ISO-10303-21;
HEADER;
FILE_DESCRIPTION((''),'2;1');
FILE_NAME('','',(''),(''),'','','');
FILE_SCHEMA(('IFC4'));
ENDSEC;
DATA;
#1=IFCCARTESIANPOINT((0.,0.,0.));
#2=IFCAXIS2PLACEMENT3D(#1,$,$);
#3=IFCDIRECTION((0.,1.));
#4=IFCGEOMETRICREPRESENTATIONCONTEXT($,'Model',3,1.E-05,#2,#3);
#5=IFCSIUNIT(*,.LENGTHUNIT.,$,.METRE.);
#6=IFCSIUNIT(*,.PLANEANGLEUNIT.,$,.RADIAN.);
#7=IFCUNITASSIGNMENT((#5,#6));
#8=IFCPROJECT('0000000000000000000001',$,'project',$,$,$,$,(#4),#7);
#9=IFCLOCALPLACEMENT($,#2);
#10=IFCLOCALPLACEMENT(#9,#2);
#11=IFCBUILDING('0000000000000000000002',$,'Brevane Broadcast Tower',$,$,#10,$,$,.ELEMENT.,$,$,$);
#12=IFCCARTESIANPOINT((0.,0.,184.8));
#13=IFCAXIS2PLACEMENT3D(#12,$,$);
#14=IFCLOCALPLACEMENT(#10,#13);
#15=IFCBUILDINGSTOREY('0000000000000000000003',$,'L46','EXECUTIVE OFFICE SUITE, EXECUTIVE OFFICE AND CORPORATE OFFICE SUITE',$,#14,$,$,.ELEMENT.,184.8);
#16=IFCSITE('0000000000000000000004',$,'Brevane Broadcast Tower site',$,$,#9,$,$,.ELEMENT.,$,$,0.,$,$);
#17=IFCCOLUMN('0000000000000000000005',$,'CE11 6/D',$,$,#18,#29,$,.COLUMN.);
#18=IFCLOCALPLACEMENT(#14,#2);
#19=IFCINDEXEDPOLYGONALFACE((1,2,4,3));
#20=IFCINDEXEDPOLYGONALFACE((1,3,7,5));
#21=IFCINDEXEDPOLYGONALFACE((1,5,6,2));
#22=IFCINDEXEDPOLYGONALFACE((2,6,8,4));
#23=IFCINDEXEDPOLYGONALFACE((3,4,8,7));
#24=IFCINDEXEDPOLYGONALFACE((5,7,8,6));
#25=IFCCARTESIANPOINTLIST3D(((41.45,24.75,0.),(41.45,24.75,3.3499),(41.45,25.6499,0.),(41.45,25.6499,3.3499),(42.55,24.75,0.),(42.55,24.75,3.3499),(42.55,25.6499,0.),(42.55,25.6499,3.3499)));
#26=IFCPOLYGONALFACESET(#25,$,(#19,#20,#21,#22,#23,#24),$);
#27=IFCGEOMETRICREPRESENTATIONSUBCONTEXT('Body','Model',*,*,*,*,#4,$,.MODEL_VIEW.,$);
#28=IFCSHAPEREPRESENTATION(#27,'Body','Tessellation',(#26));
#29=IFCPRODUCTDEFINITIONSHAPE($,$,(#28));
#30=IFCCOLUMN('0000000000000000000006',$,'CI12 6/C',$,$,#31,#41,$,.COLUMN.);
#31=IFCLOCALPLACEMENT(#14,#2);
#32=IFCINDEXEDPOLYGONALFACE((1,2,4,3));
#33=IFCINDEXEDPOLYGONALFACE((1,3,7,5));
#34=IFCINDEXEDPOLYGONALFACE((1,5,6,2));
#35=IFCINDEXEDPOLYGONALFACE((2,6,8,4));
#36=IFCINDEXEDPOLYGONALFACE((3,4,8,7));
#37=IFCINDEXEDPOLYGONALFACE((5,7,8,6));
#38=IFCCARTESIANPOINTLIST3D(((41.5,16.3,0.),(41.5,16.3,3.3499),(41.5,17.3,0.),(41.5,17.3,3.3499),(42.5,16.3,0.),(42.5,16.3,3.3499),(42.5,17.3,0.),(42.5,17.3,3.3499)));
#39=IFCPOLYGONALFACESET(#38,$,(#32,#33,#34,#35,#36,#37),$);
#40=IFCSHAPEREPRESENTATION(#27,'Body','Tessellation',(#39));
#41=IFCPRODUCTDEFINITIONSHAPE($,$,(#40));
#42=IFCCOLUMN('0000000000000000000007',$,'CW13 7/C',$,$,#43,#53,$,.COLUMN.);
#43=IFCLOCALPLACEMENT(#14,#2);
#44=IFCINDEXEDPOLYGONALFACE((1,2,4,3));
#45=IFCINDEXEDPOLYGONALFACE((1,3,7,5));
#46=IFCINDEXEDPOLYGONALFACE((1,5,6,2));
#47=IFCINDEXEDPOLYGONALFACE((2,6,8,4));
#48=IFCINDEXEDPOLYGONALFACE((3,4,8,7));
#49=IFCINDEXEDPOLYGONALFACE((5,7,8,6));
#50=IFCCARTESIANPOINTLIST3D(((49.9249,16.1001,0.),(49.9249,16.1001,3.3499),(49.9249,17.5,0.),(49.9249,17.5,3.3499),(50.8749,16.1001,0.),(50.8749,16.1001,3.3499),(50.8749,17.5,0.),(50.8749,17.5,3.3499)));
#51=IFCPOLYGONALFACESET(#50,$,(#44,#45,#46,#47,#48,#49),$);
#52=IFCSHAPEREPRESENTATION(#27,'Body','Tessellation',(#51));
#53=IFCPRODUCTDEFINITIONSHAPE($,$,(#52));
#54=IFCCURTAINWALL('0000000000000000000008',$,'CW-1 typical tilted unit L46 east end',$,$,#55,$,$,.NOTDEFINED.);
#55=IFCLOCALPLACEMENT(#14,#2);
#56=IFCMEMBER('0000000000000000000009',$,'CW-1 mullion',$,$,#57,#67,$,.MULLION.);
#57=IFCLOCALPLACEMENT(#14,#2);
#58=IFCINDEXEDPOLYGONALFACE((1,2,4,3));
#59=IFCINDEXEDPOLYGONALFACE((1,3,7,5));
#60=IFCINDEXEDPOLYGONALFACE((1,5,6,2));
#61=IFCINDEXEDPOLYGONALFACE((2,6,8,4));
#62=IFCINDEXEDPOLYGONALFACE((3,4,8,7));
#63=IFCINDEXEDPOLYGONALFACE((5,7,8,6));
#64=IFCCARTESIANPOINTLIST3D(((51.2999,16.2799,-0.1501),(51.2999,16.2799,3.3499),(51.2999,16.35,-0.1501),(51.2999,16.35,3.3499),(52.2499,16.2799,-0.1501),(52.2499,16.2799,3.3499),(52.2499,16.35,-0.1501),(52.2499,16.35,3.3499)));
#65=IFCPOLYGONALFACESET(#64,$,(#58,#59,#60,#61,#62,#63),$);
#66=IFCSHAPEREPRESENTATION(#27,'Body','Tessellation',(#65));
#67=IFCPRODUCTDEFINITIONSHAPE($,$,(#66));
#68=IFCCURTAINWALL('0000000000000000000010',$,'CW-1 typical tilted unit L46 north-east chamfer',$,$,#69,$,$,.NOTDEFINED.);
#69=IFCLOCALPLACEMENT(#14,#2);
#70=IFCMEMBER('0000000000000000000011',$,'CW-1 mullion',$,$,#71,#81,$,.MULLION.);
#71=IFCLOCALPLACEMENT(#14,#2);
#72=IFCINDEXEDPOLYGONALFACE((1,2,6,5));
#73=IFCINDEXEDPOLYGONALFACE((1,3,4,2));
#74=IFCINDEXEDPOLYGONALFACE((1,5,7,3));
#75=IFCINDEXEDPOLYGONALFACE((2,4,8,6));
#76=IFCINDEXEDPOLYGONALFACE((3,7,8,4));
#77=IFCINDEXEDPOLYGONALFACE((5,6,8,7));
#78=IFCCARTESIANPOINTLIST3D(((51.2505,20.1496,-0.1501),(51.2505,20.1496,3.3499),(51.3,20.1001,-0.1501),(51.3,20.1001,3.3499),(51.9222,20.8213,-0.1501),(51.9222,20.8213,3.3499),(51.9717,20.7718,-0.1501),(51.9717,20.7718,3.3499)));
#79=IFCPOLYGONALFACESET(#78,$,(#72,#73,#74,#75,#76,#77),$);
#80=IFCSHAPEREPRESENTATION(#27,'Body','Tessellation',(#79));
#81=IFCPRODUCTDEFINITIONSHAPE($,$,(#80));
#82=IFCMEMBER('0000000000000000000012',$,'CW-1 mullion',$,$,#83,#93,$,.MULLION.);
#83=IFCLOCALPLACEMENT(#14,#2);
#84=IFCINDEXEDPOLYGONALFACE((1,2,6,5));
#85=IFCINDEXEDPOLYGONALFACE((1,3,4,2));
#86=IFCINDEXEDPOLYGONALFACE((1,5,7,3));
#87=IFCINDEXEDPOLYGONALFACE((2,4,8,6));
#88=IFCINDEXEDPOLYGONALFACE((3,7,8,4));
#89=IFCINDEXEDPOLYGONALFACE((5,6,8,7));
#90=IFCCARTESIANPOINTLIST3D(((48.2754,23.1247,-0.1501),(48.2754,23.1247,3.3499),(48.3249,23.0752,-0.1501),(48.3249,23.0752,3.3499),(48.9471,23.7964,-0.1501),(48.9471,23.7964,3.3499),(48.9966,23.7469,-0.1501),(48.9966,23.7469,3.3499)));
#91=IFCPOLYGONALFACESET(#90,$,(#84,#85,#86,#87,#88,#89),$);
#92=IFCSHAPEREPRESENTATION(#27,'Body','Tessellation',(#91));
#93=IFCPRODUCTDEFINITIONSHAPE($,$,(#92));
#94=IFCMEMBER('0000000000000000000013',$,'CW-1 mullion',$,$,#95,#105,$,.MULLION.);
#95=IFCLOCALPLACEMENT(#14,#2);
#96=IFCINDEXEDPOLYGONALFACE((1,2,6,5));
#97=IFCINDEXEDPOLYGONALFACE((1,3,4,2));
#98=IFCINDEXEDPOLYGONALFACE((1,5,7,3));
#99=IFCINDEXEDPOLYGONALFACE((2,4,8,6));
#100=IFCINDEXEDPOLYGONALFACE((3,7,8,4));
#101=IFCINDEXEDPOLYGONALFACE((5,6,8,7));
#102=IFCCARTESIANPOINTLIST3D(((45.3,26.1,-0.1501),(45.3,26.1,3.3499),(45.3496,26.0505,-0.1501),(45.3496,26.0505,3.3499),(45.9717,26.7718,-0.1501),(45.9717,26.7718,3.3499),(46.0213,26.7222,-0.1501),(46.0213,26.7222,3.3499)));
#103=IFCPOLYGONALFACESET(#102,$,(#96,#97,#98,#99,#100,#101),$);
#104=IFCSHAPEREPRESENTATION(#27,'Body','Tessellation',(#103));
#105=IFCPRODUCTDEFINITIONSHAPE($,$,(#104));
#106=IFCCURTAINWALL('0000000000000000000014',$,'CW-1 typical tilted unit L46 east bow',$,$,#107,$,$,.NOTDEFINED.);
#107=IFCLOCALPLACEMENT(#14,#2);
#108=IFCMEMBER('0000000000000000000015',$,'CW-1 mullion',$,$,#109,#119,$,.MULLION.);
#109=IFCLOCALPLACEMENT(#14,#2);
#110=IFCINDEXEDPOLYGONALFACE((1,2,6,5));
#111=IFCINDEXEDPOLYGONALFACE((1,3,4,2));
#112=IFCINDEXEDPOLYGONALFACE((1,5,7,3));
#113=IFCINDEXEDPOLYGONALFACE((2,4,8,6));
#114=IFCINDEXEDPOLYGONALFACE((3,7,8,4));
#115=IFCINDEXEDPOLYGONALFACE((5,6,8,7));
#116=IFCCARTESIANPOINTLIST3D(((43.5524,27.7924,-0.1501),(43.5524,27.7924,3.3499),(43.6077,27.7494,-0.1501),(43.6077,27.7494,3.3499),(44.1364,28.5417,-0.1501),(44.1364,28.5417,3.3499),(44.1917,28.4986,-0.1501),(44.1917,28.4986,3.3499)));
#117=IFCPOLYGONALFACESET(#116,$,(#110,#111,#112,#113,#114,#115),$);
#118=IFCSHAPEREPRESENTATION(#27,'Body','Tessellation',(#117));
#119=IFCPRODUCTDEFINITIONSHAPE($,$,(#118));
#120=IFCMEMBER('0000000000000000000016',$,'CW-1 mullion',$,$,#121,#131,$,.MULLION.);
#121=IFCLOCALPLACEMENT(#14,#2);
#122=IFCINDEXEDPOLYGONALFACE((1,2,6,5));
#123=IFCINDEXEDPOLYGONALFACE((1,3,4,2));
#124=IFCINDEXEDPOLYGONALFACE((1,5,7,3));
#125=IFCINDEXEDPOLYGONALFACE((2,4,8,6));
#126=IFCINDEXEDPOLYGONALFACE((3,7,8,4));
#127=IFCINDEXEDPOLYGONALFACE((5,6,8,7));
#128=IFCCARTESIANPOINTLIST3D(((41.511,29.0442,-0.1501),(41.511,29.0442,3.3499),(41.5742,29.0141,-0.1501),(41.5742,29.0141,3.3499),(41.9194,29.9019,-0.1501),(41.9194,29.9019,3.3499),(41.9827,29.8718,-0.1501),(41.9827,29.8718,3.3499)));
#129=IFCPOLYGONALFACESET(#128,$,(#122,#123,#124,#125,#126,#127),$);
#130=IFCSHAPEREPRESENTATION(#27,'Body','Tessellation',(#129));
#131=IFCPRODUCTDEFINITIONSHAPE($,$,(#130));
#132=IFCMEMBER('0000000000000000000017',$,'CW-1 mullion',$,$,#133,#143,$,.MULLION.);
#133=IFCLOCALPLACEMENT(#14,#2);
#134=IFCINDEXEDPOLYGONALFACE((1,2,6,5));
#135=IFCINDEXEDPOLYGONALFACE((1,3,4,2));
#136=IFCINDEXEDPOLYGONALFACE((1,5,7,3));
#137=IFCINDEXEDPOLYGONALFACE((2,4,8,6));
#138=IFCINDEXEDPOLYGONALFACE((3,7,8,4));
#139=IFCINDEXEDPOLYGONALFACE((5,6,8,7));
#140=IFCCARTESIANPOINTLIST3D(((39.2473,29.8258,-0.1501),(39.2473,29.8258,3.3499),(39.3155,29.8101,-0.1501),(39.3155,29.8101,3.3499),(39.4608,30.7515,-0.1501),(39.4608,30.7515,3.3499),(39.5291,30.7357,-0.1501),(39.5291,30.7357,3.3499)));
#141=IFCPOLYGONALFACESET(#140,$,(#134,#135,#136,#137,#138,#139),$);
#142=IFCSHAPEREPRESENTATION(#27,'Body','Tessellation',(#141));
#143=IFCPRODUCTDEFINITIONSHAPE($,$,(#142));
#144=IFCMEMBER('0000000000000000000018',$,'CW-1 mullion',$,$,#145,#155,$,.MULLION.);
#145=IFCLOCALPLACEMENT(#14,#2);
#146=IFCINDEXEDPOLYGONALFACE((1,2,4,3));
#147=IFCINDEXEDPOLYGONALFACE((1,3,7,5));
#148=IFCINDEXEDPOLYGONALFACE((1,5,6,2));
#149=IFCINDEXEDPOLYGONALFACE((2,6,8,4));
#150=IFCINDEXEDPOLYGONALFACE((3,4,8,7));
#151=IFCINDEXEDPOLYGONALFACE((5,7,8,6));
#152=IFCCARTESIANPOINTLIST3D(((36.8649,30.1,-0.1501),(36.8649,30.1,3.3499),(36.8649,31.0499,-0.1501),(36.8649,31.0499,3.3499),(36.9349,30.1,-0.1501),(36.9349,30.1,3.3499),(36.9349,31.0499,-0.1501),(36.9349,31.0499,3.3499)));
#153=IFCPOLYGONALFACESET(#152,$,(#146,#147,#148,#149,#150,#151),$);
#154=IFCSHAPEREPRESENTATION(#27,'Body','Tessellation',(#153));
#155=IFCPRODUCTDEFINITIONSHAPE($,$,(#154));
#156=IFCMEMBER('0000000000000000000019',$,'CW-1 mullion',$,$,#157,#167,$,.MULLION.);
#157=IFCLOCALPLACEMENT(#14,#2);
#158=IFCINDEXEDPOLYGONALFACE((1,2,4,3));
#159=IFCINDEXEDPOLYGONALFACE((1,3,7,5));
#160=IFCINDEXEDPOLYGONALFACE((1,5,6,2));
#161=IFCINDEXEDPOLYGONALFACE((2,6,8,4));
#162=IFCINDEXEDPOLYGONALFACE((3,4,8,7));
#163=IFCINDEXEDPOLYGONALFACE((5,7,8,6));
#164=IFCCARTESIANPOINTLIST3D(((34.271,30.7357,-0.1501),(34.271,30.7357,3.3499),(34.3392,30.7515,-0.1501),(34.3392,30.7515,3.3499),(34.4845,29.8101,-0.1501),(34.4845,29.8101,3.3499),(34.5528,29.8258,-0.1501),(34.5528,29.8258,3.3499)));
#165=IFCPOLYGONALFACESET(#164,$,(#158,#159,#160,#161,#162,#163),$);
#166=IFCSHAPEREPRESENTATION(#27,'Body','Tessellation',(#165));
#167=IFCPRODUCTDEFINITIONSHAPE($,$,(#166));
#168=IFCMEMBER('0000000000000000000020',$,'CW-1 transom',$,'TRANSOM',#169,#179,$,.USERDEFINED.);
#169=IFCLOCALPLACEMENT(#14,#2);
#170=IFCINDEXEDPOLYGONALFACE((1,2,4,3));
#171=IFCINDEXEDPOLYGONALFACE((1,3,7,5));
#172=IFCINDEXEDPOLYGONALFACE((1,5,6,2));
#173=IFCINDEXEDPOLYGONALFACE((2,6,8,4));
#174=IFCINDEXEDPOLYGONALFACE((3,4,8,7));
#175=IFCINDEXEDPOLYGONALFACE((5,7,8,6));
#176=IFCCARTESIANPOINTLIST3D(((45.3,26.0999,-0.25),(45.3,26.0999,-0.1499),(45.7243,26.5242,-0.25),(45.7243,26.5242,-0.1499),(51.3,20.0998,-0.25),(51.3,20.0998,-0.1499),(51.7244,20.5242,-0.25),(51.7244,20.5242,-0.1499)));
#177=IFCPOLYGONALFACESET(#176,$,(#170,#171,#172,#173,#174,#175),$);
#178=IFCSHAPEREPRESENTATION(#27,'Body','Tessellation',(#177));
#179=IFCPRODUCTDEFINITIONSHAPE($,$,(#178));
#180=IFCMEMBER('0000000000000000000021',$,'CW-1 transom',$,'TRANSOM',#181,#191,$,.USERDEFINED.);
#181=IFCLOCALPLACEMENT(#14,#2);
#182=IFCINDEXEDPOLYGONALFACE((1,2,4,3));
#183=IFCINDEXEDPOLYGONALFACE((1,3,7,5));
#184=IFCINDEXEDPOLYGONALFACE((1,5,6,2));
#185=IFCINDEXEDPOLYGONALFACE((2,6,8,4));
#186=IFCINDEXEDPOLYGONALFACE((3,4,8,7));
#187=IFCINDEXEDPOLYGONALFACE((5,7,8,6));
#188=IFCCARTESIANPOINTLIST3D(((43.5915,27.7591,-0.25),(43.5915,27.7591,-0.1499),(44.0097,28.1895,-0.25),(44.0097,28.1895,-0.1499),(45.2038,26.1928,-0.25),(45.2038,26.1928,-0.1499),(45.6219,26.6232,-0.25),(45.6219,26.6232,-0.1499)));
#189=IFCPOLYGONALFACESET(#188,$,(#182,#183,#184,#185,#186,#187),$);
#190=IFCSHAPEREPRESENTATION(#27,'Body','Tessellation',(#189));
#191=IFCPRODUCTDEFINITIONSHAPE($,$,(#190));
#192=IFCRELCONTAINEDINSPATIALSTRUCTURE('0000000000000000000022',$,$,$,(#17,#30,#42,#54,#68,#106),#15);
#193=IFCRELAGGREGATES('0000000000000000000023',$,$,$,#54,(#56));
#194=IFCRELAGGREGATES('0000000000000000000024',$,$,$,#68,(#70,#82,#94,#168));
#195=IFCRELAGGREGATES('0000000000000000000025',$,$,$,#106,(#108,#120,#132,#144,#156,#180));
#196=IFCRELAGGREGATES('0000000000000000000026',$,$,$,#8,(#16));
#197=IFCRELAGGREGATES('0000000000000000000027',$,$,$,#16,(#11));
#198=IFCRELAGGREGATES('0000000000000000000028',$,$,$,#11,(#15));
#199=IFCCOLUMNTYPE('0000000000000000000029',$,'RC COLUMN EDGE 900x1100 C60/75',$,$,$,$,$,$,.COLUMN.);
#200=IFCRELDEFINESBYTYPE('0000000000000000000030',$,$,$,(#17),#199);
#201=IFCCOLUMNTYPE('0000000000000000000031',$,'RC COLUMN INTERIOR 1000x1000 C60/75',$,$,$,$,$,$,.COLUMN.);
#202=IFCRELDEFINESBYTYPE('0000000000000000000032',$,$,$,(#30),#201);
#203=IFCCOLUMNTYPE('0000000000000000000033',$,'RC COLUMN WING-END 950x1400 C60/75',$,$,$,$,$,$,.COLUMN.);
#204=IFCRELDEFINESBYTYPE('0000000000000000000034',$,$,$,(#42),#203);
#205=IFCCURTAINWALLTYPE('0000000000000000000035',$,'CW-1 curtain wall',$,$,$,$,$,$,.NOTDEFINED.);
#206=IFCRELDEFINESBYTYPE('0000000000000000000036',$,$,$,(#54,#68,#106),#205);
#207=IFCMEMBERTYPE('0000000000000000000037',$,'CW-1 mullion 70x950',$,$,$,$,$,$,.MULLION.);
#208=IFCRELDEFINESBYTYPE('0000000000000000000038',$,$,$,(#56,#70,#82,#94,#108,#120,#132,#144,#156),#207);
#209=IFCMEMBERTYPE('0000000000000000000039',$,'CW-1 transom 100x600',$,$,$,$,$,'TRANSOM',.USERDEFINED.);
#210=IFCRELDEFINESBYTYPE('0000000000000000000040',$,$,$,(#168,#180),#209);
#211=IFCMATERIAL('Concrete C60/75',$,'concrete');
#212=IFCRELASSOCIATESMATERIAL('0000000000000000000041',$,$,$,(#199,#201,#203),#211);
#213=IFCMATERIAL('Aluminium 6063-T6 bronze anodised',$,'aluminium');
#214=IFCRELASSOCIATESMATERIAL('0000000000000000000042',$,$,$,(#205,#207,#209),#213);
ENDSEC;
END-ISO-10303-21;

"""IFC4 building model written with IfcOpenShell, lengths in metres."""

from ifc_helpers import new_model, si_unit, direction, frame, origin, origin_2d, place, context, subcontext, project, spatial, rectangle, extrude, material, material_profile, profile_set, type_object, element, aggregate, save


model = new_model("IFC4")

# Units and contexts
model_context = context("Model", 3, precision=1e-05, world=origin(), true_north=direction((0.0, 1.0)))
body_context = subcontext(model_context, "Body", "Model", "MODEL_VIEW")
ifc_project = project(units=[si_unit("LENGTHUNIT", "METRE"), si_unit("PLANEANGLEUNIT", "RADIAN")], contexts=[model_context])

# Site, building, storey
site_placement = place(None, origin())
site = spatial("IfcSite", under=ifc_project, at=site_placement, Name="Brevane Broadcast Tower site", CompositionType="ELEMENT", RefElevation=0.0)
building_placement = place(site_placement, origin())
building = spatial("IfcBuilding", under=site, at=building_placement, Name="Brevane Broadcast Tower", CompositionType="ELEMENT")
storey_placement = place(building_placement, frame((0.0, 0.0, 184.8)))
storey = spatial("IfcBuildingStorey", under=building, at=storey_placement, Name="L46", Description="EXECUTIVE OFFICE SUITE, EXECUTIVE OFFICE AND CORPORATE OFFICE SUITE", CompositionType="ELEMENT", Elevation=184.8)

# Columns
ifc_material_1 = material(Name="Concrete C60/75", Category="concrete")
ifc_material_profile_1 = material_profile(ifc_material_1, rectangle(XDim=0.8999, YDim=1.1001, at=origin_2d()), Name="RC 900x1100")
ifc_profile_set_1 = profile_set([ifc_material_profile_1], Name="Concrete C60/75")
column_type_1 = type_object("IfcColumnType", Name="RC COLUMN EDGE 900x1100 C60/75", PredefinedType="COLUMN", material=ifc_profile_set_1)
column_1_placement = place(storey_placement, frame((42.0, 25.2, 0.0), z_axis=(0.0, 0.0, 1.0), x_axis=(0.0, 1.0, 0.0)))
element("IfcColumn", 1, at=column_1_placement, inside=storey, type_object=column_type_1, Name="CE11 6/D", PredefinedType="COLUMN", context=body_context, shape_type="SweptSolid", body=[
    extrude(rectangle(XDim=0.8999, YDim=1.1001, at=origin_2d()), origin(), (0.0, 0.0, 1.0), 3.3499),
])
ifc_material_profile_2 = material_profile(ifc_material_1, rectangle(XDim=1.0, YDim=1.0, at=origin_2d()), Name="RC 1000x1000")
ifc_profile_set_2 = profile_set([ifc_material_profile_2], Name="Concrete C60/75")
column_type_2 = type_object("IfcColumnType", Name="RC COLUMN INTERIOR 1000x1000 C60/75", PredefinedType="COLUMN", material=ifc_profile_set_2)
column_2_placement = place(storey_placement, frame((42.0, 16.8, 0.0), z_axis=(0.0, 0.0, 1.0), x_axis=(1.0, 0.0, 0.0)))
element("IfcColumn", 2, at=column_2_placement, inside=storey, type_object=column_type_2, Name="CI12 6/C", PredefinedType="COLUMN", context=body_context, shape_type="SweptSolid", body=[
    extrude(rectangle(XDim=1.0, YDim=1.0, at=origin_2d()), origin(), (0.0, 0.0, 1.0), 3.3499),
])
ifc_material_profile_3 = material_profile(ifc_material_1, rectangle(XDim=0.95, YDim=1.3999, at=origin_2d()), Name="RC 950x1400")
ifc_profile_set_3 = profile_set([ifc_material_profile_3], Name="Concrete C60/75")
column_type_3 = type_object("IfcColumnType", Name="RC COLUMN WING-END 950x1400 C60/75", PredefinedType="COLUMN", material=ifc_profile_set_3)
column_3_placement = place(storey_placement, frame((50.3999, 16.8, 0.0), z_axis=(0.0, 0.0, 1.0), x_axis=(1.0, 0.0, 0.0)))
element("IfcColumn", 3, at=column_3_placement, inside=storey, type_object=column_type_3, Name="CW13 7/C", PredefinedType="COLUMN", context=body_context, shape_type="SweptSolid", body=[
    extrude(rectangle(XDim=0.95, YDim=1.3999, at=origin_2d()), origin(), (0.0, 0.0, 1.0), 3.3499),
])

# Curtain wall, member
ifc_material_2 = material(Name="Aluminium 6063-T6 bronze anodised", Category="aluminium")
curtain_wall_type = type_object("IfcCurtainWallType", Name="CW-1 curtain wall", PredefinedType="NOTDEFINED", material=ifc_material_2)
curtain_wall_1_placement = place(storey_placement, origin())
curtain_wall_1 = element("IfcCurtainWall", 4, at=curtain_wall_1_placement, inside=storey, type_object=curtain_wall_type, Name="CW-1 typical tilted unit L46 east end", PredefinedType="NOTDEFINED")
ifc_material_profile_4 = material_profile(ifc_material_2, rectangle(XDim=0.95, YDim=0.0701, at=origin_2d()), Name="RECT 70x950")
ifc_profile_set_4 = profile_set([ifc_material_profile_4], Name="Aluminium 6063-T6 bronze anodised")
member_type_1 = type_object("IfcMemberType", Name="CW-1 mullion 70x950", PredefinedType="MULLION", material=ifc_profile_set_4)
member_1_placement = place(storey_placement, frame((51.7749, 16.3149, -0.1501), z_axis=(0.0, 0.0, 1.0), x_axis=(-1.0, 0.0, 0.0)))
member_1 = element("IfcMember", 5, at=member_1_placement, type_object=member_type_1, Name="CW-1 mullion", PredefinedType="MULLION", context=body_context, shape_type="SweptSolid", body=[
    extrude(rectangle(XDim=0.95, YDim=0.0701, at=origin_2d()), origin(), (0.0, 0.0, 1.0), 3.5),
])
aggregate(curtain_wall_1, [member_1])

# Curtain walls, members
curtain_wall_2_placement = place(storey_placement, origin())
curtain_wall_2 = element("IfcCurtainWall", 6, at=curtain_wall_2_placement, inside=storey, type_object=curtain_wall_type, Name="CW-1 typical tilted unit L46 north-east chamfer", PredefinedType="NOTDEFINED")
member_2_placement = place(storey_placement, frame((51.6111, 20.4607, -0.1501), z_axis=(0.0, 0.0, 1.0), x_axis=(-0.707107, -0.707107, 0.0)))
member_2 = element("IfcMember", 7, at=member_2_placement, type_object=member_type_1, Name="CW-1 mullion", PredefinedType="MULLION", context=body_context, shape_type="SweptSolid", body=[
    extrude(rectangle(XDim=0.95, YDim=0.0701, at=origin_2d()), origin(), (0.0, 0.0, 1.0), 3.5),
])
member_3_placement = place(storey_placement, frame((48.636, 23.4358, -0.1501), z_axis=(0.0, 0.0, 1.0), x_axis=(-0.707107, -0.707107, 0.0)))
member_3 = element("IfcMember", 8, at=member_3_placement, type_object=member_type_1, Name="CW-1 mullion", PredefinedType="MULLION", context=body_context, shape_type="SweptSolid", body=[
    extrude(rectangle(XDim=0.95, YDim=0.0701, at=origin_2d()), origin(), (0.0, 0.0, 1.0), 3.5),
])
member_4_placement = place(storey_placement, frame((45.6606, 26.4111, -0.1501), z_axis=(0.0, 0.0, 1.0), x_axis=(-0.707107, -0.707107, 0.0)))
member_4 = element("IfcMember", 9, at=member_4_placement, type_object=member_type_1, Name="CW-1 mullion", PredefinedType="MULLION", context=body_context, shape_type="SweptSolid", body=[
    extrude(rectangle(XDim=0.95, YDim=0.0701, at=origin_2d()), origin(), (0.0, 0.0, 1.0), 3.5),
])
curtain_wall_3_placement = place(storey_placement, origin())
curtain_wall_3 = element("IfcCurtainWall", 10, at=curtain_wall_3_placement, inside=storey, type_object=curtain_wall_type, Name="CW-1 typical tilted unit L46 east bow", PredefinedType="NOTDEFINED")
member_5_placement = place(storey_placement, frame((43.8721, 28.1455, -0.1501), z_axis=(0.0, 0.0, 1.0), x_axis=(-0.61477, -0.788707, 0.0)))
member_5 = element("IfcMember", 11, at=member_5_placement, type_object=member_type_1, Name="CW-1 mullion", PredefinedType="MULLION", context=body_context, shape_type="SweptSolid", body=[
    extrude(rectangle(XDim=0.95, YDim=0.0701, at=origin_2d()), origin(), (0.0, 0.0, 1.0), 3.5),
])
member_6_placement = place(storey_placement, frame((41.7468, 29.458, -0.1501), z_axis=(0.0, 0.0, 1.0), x_axis=(-0.429934, -0.902861, 0.0)))
member_6 = element("IfcMember", 12, at=member_6_placement, type_object=member_type_1, Name="CW-1 mullion", PredefinedType="MULLION", context=body_context, shape_type="SweptSolid", body=[
    extrude(rectangle(XDim=0.95, YDim=0.0701, at=origin_2d()), origin(), (0.0, 0.0, 1.0), 3.5),
])
member_7_placement = place(storey_placement, frame((39.3882, 30.2808, -0.1501), z_axis=(0.0, 0.0, 1.0), x_axis=(-0.224807, -0.974403, 0.0)))
member_7 = element("IfcMember", 13, at=member_7_placement, type_object=member_type_1, Name="CW-1 mullion", PredefinedType="MULLION", context=body_context, shape_type="SweptSolid", body=[
    extrude(rectangle(XDim=0.95, YDim=0.0701, at=origin_2d()), origin(), (0.0, 0.0, 1.0), 3.5),
])
member_8_placement = place(storey_placement, frame((36.8999, 30.575, -0.1501), z_axis=(0.0, 0.0, 1.0), x_axis=(0.0, -1.0, 0.0)))
member_8 = element("IfcMember", 14, at=member_8_placement, type_object=member_type_1, Name="CW-1 mullion", PredefinedType="MULLION", context=body_context, shape_type="SweptSolid", body=[
    extrude(rectangle(XDim=0.95, YDim=0.0701, at=origin_2d()), origin(), (0.0, 0.0, 1.0), 3.5),
])
member_9_placement = place(storey_placement, frame((34.4119, 30.2808, -0.1501), z_axis=(0.0, 0.0, 1.0), x_axis=(0.224807, -0.974403, 0.0)))
member_9 = element("IfcMember", 15, at=member_9_placement, type_object=member_type_1, Name="CW-1 mullion", PredefinedType="MULLION", context=body_context, shape_type="SweptSolid", body=[
    extrude(rectangle(XDim=0.95, YDim=0.0701, at=origin_2d()), origin(), (0.0, 0.0, 1.0), 3.5),
])

# Members
ifc_material_profile_5 = material_profile(ifc_material_2, rectangle(XDim=0.6001, YDim=0.1001, at=origin_2d()), Name="RECT 100x600")
ifc_profile_set_5 = profile_set([ifc_material_profile_5], Name="Aluminium 6063-T6 bronze anodised")
member_type_2 = type_object("IfcMemberType", Name="CW-1 transom 100x600", ElementType="TRANSOM", PredefinedType="USERDEFINED", material=ifc_profile_set_5)
member_10_placement = place(storey_placement, frame((51.5122, 20.312, -0.2), z_axis=(-0.707107, 0.707107, 0.0), x_axis=(-0.707107, -0.707107, 0.0)))
member_10 = element("IfcMember", 16, at=member_10_placement, type_object=member_type_2, Name="CW-1 transom", ObjectType="TRANSOM", PredefinedType="USERDEFINED", context=body_context, shape_type="SweptSolid", body=[
    extrude(rectangle(XDim=0.6001, YDim=0.1001, at=origin_2d()), origin(), (0.0, 0.0, 1.0), 8.4854),
])
aggregate(curtain_wall_2, [member_2, member_3, member_4, member_10])
member_11_placement = place(storey_placement, frame((45.4128, 26.408, -0.2), z_axis=(-0.717242, 0.696824, 0.0), x_axis=(-0.696824, -0.717242, 0.0)))
member_11 = element("IfcMember", 17, at=member_11_placement, type_object=member_type_2, Name="CW-1 transom", ObjectType="TRANSOM", PredefinedType="USERDEFINED", context=body_context, shape_type="SweptSolid", body=[
    extrude(rectangle(XDim=0.6001, YDim=0.1001, at=origin_2d()), origin(), (0.0, 0.0, 1.0), 2.2478),
])
aggregate(curtain_wall_3, [member_5, member_6, member_7, member_8, member_9, member_11])

save(model, "model.ifc")
